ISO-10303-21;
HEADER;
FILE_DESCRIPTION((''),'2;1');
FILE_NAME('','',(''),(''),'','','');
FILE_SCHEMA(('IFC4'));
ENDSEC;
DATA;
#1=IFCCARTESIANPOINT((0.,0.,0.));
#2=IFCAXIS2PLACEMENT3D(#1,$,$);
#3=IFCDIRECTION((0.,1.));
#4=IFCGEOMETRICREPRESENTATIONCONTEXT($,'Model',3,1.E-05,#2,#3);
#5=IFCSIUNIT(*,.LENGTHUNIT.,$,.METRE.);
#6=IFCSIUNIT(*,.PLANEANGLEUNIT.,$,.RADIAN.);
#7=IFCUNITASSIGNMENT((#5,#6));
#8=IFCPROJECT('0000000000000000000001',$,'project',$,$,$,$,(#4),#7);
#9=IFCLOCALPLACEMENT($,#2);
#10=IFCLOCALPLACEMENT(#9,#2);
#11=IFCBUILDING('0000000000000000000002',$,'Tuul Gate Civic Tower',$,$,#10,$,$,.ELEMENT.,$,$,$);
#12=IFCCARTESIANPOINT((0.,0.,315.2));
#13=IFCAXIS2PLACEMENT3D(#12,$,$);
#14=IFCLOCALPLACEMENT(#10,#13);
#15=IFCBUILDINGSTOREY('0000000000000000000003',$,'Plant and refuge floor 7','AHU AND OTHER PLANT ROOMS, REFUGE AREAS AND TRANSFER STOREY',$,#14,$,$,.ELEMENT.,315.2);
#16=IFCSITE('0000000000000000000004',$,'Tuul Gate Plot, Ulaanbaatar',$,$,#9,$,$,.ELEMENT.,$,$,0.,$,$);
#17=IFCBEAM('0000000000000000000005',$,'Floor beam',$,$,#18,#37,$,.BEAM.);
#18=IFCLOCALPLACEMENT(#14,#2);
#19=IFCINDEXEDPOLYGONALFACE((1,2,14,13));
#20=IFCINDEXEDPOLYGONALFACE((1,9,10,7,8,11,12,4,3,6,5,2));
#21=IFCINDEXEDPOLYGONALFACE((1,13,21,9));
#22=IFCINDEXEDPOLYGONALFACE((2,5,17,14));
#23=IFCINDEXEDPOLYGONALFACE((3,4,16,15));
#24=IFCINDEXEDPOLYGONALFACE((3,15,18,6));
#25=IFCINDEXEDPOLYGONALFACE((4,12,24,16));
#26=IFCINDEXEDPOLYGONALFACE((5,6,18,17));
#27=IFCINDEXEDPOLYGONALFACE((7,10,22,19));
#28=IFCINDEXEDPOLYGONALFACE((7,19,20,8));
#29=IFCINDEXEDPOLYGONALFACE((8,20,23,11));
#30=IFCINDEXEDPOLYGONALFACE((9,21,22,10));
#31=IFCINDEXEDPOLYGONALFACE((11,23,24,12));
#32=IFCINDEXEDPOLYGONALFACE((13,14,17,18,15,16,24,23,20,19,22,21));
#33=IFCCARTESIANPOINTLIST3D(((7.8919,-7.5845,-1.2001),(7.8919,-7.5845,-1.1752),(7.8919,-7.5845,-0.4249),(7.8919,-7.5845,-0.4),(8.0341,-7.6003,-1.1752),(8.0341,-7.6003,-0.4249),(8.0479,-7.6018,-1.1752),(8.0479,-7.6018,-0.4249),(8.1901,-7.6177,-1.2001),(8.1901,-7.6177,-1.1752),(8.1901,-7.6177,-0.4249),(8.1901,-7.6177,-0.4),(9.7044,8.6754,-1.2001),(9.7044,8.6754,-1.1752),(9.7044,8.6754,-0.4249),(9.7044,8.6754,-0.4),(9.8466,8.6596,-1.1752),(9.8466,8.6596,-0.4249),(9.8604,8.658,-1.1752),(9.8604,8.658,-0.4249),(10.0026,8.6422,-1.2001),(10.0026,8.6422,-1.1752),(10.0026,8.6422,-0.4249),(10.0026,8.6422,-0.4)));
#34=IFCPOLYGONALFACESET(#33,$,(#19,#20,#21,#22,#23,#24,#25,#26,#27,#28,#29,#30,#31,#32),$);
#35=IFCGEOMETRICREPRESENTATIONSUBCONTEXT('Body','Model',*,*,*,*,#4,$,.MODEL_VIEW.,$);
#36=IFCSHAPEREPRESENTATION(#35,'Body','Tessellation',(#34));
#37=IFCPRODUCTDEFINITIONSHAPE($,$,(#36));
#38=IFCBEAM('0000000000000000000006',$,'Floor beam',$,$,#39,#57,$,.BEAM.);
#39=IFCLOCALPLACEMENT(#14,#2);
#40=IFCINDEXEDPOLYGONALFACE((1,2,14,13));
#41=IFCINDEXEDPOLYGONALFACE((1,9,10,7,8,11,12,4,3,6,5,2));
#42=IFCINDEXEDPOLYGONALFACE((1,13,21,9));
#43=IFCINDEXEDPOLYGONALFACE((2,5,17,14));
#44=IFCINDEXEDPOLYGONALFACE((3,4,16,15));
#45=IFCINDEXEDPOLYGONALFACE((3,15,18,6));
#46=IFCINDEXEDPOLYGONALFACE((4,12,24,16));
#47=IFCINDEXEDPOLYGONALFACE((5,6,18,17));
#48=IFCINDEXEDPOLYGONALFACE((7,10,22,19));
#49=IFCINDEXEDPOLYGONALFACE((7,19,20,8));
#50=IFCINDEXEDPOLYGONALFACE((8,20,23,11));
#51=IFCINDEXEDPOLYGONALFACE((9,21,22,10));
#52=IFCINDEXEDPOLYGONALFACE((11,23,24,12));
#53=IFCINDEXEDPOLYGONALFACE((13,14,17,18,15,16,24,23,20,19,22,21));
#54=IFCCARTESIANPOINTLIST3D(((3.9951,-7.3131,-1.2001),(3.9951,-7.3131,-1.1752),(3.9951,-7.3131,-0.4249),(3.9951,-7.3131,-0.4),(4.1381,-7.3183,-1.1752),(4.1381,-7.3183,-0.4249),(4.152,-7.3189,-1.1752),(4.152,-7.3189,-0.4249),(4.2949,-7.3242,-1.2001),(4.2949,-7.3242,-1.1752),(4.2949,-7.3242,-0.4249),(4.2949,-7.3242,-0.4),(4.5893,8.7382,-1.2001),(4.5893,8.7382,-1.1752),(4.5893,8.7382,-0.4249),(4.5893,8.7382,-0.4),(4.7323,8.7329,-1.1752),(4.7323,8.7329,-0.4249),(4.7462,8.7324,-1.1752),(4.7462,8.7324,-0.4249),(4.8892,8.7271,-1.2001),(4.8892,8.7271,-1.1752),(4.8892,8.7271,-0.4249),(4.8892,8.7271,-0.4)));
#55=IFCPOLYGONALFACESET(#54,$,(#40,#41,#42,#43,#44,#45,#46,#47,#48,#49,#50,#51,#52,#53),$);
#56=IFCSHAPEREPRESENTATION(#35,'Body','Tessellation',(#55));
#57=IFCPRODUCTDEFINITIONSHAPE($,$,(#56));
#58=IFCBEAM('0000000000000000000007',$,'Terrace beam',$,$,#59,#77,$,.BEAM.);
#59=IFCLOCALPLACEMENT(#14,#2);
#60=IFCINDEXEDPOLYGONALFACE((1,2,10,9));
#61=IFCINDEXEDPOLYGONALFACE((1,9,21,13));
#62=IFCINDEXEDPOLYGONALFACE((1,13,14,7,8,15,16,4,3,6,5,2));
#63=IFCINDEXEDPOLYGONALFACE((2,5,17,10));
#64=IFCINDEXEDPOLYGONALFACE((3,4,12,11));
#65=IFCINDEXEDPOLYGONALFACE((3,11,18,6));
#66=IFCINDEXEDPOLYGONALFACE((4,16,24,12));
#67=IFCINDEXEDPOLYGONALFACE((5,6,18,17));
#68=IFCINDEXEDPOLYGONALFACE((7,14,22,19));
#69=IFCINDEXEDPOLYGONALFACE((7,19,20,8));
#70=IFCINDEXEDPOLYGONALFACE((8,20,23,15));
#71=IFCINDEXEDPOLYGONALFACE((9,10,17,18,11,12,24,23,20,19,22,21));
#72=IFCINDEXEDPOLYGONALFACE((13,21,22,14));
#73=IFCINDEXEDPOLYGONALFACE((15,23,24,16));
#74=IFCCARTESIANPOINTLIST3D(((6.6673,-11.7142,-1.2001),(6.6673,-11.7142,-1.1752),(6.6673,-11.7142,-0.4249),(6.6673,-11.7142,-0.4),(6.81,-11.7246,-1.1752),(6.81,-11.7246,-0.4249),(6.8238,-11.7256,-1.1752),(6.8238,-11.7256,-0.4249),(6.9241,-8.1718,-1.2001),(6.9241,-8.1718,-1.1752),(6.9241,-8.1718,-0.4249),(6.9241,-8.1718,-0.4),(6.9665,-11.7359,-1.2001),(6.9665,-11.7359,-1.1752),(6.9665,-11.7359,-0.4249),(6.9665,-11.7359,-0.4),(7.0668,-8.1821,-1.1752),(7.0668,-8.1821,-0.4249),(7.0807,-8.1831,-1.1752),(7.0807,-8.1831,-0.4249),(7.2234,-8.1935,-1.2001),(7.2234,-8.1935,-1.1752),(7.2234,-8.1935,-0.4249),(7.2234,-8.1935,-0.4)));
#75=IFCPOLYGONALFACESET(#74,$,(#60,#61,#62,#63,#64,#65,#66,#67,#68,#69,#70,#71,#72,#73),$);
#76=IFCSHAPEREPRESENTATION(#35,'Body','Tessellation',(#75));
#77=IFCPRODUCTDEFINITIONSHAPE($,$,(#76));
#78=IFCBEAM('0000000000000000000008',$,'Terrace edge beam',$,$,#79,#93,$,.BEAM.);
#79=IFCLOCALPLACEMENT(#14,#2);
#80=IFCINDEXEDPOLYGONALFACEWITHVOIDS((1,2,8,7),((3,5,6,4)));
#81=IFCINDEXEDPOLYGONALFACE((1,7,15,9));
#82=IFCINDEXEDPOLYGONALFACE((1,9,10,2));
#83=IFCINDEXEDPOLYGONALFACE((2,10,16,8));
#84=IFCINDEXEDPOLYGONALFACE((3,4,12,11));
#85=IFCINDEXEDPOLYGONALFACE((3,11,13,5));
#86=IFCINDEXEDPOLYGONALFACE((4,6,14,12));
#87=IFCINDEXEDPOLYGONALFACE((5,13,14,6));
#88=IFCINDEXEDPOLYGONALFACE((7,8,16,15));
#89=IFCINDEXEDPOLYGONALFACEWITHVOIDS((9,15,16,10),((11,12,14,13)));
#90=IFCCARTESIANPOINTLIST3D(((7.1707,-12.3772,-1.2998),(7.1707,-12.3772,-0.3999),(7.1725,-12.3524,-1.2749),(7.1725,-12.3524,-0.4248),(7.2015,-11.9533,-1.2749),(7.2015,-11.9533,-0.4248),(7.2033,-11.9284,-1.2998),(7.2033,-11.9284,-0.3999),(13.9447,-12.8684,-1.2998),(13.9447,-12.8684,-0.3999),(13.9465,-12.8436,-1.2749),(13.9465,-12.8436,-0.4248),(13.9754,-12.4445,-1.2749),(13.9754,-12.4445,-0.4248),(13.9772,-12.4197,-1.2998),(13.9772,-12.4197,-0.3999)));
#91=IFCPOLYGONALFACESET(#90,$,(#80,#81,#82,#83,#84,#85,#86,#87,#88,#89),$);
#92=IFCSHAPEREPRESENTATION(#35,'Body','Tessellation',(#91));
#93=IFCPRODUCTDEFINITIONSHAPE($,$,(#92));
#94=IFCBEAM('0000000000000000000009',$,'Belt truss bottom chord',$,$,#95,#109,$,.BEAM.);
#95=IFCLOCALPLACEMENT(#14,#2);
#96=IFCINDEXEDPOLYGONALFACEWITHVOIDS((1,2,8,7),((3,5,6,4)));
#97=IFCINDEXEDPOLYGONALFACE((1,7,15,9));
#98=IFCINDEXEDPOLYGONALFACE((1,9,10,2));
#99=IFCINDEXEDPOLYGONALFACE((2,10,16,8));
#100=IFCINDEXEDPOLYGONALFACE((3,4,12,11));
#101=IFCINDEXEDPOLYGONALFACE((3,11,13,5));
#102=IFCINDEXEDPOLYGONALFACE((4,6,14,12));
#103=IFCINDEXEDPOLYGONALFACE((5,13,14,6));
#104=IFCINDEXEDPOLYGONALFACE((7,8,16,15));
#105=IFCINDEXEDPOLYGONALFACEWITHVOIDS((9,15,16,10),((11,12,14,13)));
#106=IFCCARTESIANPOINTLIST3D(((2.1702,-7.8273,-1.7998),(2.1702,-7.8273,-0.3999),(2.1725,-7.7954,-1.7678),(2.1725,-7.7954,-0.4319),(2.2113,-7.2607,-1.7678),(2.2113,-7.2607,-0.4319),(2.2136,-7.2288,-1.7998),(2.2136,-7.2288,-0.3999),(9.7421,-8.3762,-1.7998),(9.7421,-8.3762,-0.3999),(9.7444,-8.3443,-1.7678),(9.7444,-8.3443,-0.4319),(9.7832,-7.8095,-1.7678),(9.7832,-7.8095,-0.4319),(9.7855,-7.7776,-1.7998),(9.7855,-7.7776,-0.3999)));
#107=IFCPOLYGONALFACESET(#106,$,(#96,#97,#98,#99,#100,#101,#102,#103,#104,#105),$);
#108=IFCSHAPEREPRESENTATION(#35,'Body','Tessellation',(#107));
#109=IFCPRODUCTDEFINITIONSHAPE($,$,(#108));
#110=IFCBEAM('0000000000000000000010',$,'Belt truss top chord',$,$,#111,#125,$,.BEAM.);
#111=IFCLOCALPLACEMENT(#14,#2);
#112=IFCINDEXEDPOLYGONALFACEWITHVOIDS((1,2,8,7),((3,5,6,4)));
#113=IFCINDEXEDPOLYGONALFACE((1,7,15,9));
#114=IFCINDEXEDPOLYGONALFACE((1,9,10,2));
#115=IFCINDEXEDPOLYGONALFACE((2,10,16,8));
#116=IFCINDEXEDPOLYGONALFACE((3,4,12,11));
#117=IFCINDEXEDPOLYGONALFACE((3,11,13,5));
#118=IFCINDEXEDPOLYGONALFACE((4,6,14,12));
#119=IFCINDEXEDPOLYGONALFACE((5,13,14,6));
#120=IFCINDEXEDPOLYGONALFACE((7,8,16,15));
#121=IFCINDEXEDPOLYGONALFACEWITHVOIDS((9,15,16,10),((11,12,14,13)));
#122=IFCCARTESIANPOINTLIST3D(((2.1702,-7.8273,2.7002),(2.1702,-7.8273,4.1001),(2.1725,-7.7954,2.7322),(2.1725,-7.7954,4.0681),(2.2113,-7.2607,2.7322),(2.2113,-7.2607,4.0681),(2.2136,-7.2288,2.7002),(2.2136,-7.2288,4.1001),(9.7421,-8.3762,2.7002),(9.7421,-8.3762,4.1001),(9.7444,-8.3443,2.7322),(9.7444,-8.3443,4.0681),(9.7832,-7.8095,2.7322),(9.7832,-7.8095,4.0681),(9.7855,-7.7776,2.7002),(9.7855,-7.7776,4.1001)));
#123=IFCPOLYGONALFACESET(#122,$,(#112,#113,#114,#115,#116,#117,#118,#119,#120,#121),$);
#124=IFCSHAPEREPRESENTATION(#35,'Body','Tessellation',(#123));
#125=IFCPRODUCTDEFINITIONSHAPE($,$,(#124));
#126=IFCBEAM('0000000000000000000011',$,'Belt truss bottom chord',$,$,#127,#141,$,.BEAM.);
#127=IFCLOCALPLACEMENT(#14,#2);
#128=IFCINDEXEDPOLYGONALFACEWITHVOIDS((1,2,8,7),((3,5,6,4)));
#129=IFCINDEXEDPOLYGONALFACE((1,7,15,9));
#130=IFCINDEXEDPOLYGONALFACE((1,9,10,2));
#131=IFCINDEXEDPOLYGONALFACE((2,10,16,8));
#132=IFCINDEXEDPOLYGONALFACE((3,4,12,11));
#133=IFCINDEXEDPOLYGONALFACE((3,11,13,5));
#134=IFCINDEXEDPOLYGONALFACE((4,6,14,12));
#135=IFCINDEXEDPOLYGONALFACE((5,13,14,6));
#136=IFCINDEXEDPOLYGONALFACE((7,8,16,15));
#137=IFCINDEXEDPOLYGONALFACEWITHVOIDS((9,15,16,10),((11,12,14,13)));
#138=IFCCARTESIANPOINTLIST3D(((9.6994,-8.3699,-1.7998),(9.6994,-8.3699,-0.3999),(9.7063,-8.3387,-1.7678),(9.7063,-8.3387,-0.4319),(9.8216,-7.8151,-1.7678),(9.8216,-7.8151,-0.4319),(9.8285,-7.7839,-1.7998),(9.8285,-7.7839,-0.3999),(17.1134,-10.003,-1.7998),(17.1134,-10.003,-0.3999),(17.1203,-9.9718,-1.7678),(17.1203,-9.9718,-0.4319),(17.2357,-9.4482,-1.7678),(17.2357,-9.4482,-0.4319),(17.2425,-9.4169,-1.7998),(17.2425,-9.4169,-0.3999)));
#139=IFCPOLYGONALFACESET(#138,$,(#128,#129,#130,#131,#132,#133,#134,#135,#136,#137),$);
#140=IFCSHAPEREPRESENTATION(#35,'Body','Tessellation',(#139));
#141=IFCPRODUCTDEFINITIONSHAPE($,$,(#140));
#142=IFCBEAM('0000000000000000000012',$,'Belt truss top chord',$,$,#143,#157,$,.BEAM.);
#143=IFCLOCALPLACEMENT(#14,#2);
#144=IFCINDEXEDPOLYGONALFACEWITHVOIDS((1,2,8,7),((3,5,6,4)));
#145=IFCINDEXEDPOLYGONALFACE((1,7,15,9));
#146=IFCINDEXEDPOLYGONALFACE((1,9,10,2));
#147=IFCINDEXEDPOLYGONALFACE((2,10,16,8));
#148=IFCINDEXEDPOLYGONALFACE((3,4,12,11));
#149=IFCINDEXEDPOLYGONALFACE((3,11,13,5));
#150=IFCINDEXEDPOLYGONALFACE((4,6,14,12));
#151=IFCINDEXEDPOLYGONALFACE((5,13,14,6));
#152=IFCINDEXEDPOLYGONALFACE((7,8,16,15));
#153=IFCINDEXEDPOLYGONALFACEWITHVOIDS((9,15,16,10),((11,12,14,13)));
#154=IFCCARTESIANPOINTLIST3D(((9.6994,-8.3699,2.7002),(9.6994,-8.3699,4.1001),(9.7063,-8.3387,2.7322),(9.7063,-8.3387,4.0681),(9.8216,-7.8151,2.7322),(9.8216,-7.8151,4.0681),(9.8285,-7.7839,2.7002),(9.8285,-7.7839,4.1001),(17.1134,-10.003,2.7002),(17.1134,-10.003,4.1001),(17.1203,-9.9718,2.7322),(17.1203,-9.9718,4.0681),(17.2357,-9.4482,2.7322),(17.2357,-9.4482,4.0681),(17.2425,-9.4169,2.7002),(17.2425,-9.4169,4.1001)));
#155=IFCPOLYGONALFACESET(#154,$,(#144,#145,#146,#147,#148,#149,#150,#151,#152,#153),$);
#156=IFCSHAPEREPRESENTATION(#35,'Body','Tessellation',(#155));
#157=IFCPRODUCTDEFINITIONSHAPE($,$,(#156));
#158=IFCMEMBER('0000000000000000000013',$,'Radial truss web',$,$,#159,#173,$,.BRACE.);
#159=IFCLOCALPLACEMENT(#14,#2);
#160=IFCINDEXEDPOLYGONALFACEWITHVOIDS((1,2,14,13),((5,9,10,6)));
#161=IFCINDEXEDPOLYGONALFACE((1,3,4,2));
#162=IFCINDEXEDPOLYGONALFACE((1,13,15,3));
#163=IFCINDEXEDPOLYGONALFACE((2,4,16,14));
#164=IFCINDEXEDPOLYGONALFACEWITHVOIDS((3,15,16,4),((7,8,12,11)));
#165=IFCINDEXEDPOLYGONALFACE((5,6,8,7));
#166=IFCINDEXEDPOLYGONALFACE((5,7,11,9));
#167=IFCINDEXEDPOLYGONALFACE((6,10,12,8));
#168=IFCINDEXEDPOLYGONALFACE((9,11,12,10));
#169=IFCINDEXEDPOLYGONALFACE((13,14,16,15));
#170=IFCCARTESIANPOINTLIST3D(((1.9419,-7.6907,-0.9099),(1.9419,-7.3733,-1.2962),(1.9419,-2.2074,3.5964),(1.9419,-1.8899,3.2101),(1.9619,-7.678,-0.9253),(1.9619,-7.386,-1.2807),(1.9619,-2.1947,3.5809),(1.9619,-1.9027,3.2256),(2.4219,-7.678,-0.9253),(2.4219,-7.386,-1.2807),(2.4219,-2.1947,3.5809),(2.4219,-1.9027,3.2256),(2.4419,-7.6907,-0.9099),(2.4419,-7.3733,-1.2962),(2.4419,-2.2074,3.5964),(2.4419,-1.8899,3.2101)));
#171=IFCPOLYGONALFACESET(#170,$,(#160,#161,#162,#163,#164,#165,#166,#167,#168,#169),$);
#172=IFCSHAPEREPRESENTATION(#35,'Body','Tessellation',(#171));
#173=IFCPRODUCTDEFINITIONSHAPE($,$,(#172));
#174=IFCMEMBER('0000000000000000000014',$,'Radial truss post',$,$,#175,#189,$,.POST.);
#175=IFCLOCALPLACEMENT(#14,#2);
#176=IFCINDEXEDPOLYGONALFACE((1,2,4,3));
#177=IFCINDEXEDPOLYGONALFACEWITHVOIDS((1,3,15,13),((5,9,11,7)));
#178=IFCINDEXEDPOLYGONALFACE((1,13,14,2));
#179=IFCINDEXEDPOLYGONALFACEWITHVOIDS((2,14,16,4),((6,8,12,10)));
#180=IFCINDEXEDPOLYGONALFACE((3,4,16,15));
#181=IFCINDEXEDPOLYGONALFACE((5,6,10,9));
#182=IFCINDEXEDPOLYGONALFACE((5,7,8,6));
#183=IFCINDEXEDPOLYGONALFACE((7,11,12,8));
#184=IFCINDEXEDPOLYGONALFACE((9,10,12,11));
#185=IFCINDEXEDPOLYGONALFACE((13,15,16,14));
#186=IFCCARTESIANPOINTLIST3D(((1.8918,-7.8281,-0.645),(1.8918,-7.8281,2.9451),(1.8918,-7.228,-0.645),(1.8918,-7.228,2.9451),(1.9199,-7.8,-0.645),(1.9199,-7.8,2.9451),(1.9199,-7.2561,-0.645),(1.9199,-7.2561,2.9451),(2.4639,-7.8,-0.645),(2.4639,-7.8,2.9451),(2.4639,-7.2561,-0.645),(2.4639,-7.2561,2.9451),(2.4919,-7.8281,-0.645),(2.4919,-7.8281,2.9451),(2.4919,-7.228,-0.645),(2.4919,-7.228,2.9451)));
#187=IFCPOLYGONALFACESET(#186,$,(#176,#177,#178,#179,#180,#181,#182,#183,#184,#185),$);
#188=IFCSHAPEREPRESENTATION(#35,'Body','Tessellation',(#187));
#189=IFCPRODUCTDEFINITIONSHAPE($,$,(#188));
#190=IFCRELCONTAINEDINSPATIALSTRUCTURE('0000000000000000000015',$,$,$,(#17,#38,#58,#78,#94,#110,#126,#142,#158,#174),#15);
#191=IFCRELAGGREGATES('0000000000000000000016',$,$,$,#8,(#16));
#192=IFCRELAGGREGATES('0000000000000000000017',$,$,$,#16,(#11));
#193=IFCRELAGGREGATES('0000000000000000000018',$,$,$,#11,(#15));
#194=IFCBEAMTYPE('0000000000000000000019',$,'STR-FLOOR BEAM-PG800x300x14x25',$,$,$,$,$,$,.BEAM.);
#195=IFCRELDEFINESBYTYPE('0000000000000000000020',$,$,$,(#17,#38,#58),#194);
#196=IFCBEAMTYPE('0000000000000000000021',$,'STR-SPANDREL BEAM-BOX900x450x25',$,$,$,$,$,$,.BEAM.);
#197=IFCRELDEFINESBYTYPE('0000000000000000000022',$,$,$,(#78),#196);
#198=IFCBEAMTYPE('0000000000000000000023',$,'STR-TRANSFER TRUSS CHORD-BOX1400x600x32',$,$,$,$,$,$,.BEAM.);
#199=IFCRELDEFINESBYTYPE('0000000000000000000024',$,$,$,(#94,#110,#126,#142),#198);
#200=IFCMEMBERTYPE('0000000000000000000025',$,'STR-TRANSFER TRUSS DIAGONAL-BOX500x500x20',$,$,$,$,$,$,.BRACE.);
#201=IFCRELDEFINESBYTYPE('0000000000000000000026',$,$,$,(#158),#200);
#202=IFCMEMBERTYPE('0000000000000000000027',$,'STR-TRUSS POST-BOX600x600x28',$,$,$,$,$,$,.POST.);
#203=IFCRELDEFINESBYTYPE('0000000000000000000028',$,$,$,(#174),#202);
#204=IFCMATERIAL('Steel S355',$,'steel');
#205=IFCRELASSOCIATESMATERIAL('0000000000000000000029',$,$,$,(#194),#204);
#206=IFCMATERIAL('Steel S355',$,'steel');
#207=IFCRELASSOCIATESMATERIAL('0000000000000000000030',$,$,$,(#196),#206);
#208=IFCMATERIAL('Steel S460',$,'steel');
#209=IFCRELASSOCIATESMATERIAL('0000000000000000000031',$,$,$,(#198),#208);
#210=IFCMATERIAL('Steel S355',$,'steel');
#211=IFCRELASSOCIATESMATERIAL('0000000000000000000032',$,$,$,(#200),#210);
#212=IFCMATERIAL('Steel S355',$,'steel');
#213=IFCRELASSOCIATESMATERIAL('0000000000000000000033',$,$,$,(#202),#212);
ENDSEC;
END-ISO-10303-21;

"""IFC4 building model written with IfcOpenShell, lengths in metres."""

from ifc_helpers import new_model, si_unit, direction, frame, origin, origin_2d, place, context, subcontext, project, spatial, hollow_rectangle, i_section, extrude, material, material_profile, profile_set, type_object, element, save


model = new_model("IFC4")

# Units and contexts
model_context = context("Model", 3, precision=1e-05, world=origin(), true_north=direction((0.0, 1.0)))
body_context = subcontext(model_context, "Body", "Model", "MODEL_VIEW")
ifc_project = project(units=[si_unit("LENGTHUNIT", "METRE"), si_unit("PLANEANGLEUNIT", "RADIAN")], contexts=[model_context])

# Site, building, storey
site_placement = place(None, origin())
site = spatial("IfcSite", under=ifc_project, at=site_placement, Name="Tuul Gate Plot, Ulaanbaatar", CompositionType="ELEMENT", RefElevation=0.0)
building_placement = place(site_placement, origin())
building = spatial("IfcBuilding", under=site, at=building_placement, Name="Tuul Gate Civic Tower", CompositionType="ELEMENT")
storey_placement = place(building_placement, frame((0.0, 0.0, 315.2)))
storey = spatial("IfcBuildingStorey", under=building, at=storey_placement, Name="Plant and refuge floor 7", Description="AHU AND OTHER PLANT ROOMS, REFUGE AREAS AND TRANSFER STOREY", CompositionType="ELEMENT", Elevation=315.2)

# Beams
ifc_material_1 = material(Name="Steel S355", Category="steel")
ifc_material_profile_1 = material_profile(ifc_material_1, i_section(OverallWidth=0.3, OverallDepth=0.8, WebThickness=0.0139, FlangeThickness=0.0249, at=origin_2d()), Name="PG800x300x14x25")
ifc_profile_set_1 = profile_set([ifc_material_profile_1], Name="Steel S355")
beam_type_1 = type_object("IfcBeamType", Name="STR-FLOOR BEAM-PG800x300x14x25", PredefinedType="BEAM", material=ifc_profile_set_1)
beam_1_placement = place(storey_placement, frame((8.041, -7.6011, -0.8), z_axis=(0.110784, 0.993845, 0.0), x_axis=(-0.993845, 0.110784, 0.0)))
element("IfcBeam", 1, at=beam_1_placement, inside=storey, type_object=beam_type_1, Name="Floor beam", PredefinedType="BEAM", context=body_context, shape_type="SweptSolid", body=[
    extrude(i_section(OverallWidth=0.3, OverallDepth=0.8, WebThickness=0.0139, FlangeThickness=0.0249, at=origin_2d()), origin(), (0.0, 0.0, 1.0), 16.3606),
])
beam_2_placement = place(storey_placement, frame((4.145, -7.3186, -0.8), z_axis=(0.036996, 0.999315, 0.0), x_axis=(-0.999315, 0.036996, 0.0)))
element("IfcBeam", 2, at=beam_2_placement, inside=storey, type_object=beam_type_1, Name="Floor beam", PredefinedType="BEAM", context=body_context, shape_type="SweptSolid", body=[
    extrude(i_section(OverallWidth=0.3, OverallDepth=0.8, WebThickness=0.0139, FlangeThickness=0.0249, at=origin_2d()), origin(), (0.0, 0.0, 1.0), 16.0623),
])
beam_3_placement = place(storey_placement, frame((6.8169, -11.7251, -0.8), z_axis=(0.072312, 0.997382, 0.0), x_axis=(-0.997382, 0.072312, 0.0)))
element("IfcBeam", 3, at=beam_3_placement, inside=storey, type_object=beam_type_1, Name="Terrace beam", PredefinedType="BEAM", context=body_context, shape_type="SweptSolid", body=[
    extrude(i_section(OverallWidth=0.3, OverallDepth=0.8, WebThickness=0.0139, FlangeThickness=0.0249, at=origin_2d()), origin(), (0.0, 0.0, 1.0), 3.5518),
])
ifc_material_2 = material(Name="Steel S355", Category="steel")
ifc_material_profile_2 = material_profile(ifc_material_2, hollow_rectangle(XDim=0.45, YDim=0.8999, WallThickness=0.0249, at=origin_2d()), Name="BOX900x450x25")
ifc_profile_set_2 = profile_set([ifc_material_profile_2], Name="Steel S355")
beam_type_2 = type_object("IfcBeamType", Name="STR-SPANDREL BEAM-BOX900x450x25", PredefinedType="BEAM", material=ifc_profile_set_2)
beam_4_placement = place(storey_placement, frame((7.187, -12.1528, -0.8499), z_axis=(0.997381, -0.072325, 0.0), x_axis=(0.072325, 0.997381, 0.0)))
element("IfcBeam", 4, at=beam_4_placement, inside=storey, type_object=beam_type_2, Name="Terrace edge beam", PredefinedType="BEAM", context=body_context, shape_type="SweptSolid", body=[
    extrude(hollow_rectangle(XDim=0.45, YDim=0.8999, WallThickness=0.0249, at=origin_2d()), origin(), (0.0, 0.0, 1.0), 6.7917),
])
ifc_material_3 = material(Name="Steel S460", Category="steel")
ifc_material_profile_3 = material_profile(ifc_material_3, hollow_rectangle(XDim=0.6001, YDim=1.3999, WallThickness=0.032, at=origin_2d()), Name="BOX1400x600x32")
ifc_profile_set_3 = profile_set([ifc_material_profile_3], Name="Steel S460")
beam_type_3 = type_object("IfcBeamType", Name="STR-TRANSFER TRUSS CHORD-BOX1400x600x32", PredefinedType="BEAM", material=ifc_profile_set_3)
for number, where, z_axis, x_axis, name in (
    (5, (2.1919, -7.5281, -1.0999), (0.997384, -0.072291, 0.0), (0.072291, 0.997384, 0.0), "Belt truss bottom chord"),
    (6, (2.1919, -7.5281, 3.4001), (0.997384, -0.072291, 0.0), (0.072291, 0.997384, 0.0), "Belt truss top chord"),
    (7, (9.7639, -8.0769, -1.0999), (0.97659, -0.215108, 0.0), (0.215108, 0.97659, 0.0), "Belt truss bottom chord"),
    (8, (9.7639, -8.0769, 3.4001), (0.97659, -0.215108, 0.0), (0.215108, 0.97659, 0.0), "Belt truss top chord"),
):
    element("IfcBeam", number, at=place(storey_placement, frame(where, z_axis=z_axis, x_axis=x_axis)), inside=storey, type_object=beam_type_3, Name=name, PredefinedType="BEAM", context=body_context, shape_type="SweptSolid", body=[
        extrude(hollow_rectangle(XDim=0.6001, YDim=1.3999, WallThickness=0.032, at=origin_2d()), origin(), (0.0, 0.0, 1.0), 7.5918),
    ])

# Members
ifc_material_4 = material(Name="Steel S355", Category="steel")
ifc_material_profile_4 = material_profile(ifc_material_4, hollow_rectangle(XDim=0.5, YDim=0.5, WallThickness=0.02, at=origin_2d()), Name="BOX500x500x20")
ifc_profile_set_4 = profile_set([ifc_material_profile_4], Name="Steel S355")
member_type_1 = type_object("IfcMemberType", Name="STR-TRANSFER TRUSS DIAGONAL-BOX500x500x20", PredefinedType="BRACE", material=ifc_profile_set_4)
member_placement = place(storey_placement, frame((2.1919, -7.532, -1.103), z_axis=(0.0, 0.772579, 0.634918), x_axis=(-1.0, 0.0, 0.0)))
element("IfcMember", 9, at=member_placement, inside=storey, type_object=member_type_1, Name="Radial truss web", PredefinedType="BRACE", context=body_context, shape_type="SweptSolid", body=[
    extrude(hollow_rectangle(XDim=0.5, YDim=0.5, WallThickness=0.02, at=origin_2d()), origin(), (0.0, 0.0, 1.0), 7.0974),
])
ifc_material_5 = material(Name="Steel S355", Category="steel")
ifc_material_profile_5 = material_profile(ifc_material_5, hollow_rectangle(XDim=0.6001, YDim=0.6001, WallThickness=0.0281, at=origin_2d()), Name="BOX600x600x28")
ifc_profile_set_5 = profile_set([ifc_material_profile_5], Name="Steel S355")
member_type_2 = type_object("IfcMemberType", Name="STR-TRUSS POST-BOX600x600x28", PredefinedType="POST", material=ifc_profile_set_5)
for number, where, z_axis, x_axis, name in (
    (10, (2.1919, -7.5281, -0.645), (0.0, 0.0, 1.0), (1.0, 0.0, 0.0), "Radial truss post"),
):
    element("IfcMember", number, at=place(storey_placement, frame(where, z_axis=z_axis, x_axis=x_axis)), inside=storey, type_object=member_type_2, Name=name, PredefinedType="POST", context=body_context, shape_type="SweptSolid", body=[
        extrude(hollow_rectangle(XDim=0.6001, YDim=0.6001, WallThickness=0.0281, at=origin_2d()), origin(), (0.0, 0.0, 1.0), 3.5901),
    ])

save(model, "model.ifc")
